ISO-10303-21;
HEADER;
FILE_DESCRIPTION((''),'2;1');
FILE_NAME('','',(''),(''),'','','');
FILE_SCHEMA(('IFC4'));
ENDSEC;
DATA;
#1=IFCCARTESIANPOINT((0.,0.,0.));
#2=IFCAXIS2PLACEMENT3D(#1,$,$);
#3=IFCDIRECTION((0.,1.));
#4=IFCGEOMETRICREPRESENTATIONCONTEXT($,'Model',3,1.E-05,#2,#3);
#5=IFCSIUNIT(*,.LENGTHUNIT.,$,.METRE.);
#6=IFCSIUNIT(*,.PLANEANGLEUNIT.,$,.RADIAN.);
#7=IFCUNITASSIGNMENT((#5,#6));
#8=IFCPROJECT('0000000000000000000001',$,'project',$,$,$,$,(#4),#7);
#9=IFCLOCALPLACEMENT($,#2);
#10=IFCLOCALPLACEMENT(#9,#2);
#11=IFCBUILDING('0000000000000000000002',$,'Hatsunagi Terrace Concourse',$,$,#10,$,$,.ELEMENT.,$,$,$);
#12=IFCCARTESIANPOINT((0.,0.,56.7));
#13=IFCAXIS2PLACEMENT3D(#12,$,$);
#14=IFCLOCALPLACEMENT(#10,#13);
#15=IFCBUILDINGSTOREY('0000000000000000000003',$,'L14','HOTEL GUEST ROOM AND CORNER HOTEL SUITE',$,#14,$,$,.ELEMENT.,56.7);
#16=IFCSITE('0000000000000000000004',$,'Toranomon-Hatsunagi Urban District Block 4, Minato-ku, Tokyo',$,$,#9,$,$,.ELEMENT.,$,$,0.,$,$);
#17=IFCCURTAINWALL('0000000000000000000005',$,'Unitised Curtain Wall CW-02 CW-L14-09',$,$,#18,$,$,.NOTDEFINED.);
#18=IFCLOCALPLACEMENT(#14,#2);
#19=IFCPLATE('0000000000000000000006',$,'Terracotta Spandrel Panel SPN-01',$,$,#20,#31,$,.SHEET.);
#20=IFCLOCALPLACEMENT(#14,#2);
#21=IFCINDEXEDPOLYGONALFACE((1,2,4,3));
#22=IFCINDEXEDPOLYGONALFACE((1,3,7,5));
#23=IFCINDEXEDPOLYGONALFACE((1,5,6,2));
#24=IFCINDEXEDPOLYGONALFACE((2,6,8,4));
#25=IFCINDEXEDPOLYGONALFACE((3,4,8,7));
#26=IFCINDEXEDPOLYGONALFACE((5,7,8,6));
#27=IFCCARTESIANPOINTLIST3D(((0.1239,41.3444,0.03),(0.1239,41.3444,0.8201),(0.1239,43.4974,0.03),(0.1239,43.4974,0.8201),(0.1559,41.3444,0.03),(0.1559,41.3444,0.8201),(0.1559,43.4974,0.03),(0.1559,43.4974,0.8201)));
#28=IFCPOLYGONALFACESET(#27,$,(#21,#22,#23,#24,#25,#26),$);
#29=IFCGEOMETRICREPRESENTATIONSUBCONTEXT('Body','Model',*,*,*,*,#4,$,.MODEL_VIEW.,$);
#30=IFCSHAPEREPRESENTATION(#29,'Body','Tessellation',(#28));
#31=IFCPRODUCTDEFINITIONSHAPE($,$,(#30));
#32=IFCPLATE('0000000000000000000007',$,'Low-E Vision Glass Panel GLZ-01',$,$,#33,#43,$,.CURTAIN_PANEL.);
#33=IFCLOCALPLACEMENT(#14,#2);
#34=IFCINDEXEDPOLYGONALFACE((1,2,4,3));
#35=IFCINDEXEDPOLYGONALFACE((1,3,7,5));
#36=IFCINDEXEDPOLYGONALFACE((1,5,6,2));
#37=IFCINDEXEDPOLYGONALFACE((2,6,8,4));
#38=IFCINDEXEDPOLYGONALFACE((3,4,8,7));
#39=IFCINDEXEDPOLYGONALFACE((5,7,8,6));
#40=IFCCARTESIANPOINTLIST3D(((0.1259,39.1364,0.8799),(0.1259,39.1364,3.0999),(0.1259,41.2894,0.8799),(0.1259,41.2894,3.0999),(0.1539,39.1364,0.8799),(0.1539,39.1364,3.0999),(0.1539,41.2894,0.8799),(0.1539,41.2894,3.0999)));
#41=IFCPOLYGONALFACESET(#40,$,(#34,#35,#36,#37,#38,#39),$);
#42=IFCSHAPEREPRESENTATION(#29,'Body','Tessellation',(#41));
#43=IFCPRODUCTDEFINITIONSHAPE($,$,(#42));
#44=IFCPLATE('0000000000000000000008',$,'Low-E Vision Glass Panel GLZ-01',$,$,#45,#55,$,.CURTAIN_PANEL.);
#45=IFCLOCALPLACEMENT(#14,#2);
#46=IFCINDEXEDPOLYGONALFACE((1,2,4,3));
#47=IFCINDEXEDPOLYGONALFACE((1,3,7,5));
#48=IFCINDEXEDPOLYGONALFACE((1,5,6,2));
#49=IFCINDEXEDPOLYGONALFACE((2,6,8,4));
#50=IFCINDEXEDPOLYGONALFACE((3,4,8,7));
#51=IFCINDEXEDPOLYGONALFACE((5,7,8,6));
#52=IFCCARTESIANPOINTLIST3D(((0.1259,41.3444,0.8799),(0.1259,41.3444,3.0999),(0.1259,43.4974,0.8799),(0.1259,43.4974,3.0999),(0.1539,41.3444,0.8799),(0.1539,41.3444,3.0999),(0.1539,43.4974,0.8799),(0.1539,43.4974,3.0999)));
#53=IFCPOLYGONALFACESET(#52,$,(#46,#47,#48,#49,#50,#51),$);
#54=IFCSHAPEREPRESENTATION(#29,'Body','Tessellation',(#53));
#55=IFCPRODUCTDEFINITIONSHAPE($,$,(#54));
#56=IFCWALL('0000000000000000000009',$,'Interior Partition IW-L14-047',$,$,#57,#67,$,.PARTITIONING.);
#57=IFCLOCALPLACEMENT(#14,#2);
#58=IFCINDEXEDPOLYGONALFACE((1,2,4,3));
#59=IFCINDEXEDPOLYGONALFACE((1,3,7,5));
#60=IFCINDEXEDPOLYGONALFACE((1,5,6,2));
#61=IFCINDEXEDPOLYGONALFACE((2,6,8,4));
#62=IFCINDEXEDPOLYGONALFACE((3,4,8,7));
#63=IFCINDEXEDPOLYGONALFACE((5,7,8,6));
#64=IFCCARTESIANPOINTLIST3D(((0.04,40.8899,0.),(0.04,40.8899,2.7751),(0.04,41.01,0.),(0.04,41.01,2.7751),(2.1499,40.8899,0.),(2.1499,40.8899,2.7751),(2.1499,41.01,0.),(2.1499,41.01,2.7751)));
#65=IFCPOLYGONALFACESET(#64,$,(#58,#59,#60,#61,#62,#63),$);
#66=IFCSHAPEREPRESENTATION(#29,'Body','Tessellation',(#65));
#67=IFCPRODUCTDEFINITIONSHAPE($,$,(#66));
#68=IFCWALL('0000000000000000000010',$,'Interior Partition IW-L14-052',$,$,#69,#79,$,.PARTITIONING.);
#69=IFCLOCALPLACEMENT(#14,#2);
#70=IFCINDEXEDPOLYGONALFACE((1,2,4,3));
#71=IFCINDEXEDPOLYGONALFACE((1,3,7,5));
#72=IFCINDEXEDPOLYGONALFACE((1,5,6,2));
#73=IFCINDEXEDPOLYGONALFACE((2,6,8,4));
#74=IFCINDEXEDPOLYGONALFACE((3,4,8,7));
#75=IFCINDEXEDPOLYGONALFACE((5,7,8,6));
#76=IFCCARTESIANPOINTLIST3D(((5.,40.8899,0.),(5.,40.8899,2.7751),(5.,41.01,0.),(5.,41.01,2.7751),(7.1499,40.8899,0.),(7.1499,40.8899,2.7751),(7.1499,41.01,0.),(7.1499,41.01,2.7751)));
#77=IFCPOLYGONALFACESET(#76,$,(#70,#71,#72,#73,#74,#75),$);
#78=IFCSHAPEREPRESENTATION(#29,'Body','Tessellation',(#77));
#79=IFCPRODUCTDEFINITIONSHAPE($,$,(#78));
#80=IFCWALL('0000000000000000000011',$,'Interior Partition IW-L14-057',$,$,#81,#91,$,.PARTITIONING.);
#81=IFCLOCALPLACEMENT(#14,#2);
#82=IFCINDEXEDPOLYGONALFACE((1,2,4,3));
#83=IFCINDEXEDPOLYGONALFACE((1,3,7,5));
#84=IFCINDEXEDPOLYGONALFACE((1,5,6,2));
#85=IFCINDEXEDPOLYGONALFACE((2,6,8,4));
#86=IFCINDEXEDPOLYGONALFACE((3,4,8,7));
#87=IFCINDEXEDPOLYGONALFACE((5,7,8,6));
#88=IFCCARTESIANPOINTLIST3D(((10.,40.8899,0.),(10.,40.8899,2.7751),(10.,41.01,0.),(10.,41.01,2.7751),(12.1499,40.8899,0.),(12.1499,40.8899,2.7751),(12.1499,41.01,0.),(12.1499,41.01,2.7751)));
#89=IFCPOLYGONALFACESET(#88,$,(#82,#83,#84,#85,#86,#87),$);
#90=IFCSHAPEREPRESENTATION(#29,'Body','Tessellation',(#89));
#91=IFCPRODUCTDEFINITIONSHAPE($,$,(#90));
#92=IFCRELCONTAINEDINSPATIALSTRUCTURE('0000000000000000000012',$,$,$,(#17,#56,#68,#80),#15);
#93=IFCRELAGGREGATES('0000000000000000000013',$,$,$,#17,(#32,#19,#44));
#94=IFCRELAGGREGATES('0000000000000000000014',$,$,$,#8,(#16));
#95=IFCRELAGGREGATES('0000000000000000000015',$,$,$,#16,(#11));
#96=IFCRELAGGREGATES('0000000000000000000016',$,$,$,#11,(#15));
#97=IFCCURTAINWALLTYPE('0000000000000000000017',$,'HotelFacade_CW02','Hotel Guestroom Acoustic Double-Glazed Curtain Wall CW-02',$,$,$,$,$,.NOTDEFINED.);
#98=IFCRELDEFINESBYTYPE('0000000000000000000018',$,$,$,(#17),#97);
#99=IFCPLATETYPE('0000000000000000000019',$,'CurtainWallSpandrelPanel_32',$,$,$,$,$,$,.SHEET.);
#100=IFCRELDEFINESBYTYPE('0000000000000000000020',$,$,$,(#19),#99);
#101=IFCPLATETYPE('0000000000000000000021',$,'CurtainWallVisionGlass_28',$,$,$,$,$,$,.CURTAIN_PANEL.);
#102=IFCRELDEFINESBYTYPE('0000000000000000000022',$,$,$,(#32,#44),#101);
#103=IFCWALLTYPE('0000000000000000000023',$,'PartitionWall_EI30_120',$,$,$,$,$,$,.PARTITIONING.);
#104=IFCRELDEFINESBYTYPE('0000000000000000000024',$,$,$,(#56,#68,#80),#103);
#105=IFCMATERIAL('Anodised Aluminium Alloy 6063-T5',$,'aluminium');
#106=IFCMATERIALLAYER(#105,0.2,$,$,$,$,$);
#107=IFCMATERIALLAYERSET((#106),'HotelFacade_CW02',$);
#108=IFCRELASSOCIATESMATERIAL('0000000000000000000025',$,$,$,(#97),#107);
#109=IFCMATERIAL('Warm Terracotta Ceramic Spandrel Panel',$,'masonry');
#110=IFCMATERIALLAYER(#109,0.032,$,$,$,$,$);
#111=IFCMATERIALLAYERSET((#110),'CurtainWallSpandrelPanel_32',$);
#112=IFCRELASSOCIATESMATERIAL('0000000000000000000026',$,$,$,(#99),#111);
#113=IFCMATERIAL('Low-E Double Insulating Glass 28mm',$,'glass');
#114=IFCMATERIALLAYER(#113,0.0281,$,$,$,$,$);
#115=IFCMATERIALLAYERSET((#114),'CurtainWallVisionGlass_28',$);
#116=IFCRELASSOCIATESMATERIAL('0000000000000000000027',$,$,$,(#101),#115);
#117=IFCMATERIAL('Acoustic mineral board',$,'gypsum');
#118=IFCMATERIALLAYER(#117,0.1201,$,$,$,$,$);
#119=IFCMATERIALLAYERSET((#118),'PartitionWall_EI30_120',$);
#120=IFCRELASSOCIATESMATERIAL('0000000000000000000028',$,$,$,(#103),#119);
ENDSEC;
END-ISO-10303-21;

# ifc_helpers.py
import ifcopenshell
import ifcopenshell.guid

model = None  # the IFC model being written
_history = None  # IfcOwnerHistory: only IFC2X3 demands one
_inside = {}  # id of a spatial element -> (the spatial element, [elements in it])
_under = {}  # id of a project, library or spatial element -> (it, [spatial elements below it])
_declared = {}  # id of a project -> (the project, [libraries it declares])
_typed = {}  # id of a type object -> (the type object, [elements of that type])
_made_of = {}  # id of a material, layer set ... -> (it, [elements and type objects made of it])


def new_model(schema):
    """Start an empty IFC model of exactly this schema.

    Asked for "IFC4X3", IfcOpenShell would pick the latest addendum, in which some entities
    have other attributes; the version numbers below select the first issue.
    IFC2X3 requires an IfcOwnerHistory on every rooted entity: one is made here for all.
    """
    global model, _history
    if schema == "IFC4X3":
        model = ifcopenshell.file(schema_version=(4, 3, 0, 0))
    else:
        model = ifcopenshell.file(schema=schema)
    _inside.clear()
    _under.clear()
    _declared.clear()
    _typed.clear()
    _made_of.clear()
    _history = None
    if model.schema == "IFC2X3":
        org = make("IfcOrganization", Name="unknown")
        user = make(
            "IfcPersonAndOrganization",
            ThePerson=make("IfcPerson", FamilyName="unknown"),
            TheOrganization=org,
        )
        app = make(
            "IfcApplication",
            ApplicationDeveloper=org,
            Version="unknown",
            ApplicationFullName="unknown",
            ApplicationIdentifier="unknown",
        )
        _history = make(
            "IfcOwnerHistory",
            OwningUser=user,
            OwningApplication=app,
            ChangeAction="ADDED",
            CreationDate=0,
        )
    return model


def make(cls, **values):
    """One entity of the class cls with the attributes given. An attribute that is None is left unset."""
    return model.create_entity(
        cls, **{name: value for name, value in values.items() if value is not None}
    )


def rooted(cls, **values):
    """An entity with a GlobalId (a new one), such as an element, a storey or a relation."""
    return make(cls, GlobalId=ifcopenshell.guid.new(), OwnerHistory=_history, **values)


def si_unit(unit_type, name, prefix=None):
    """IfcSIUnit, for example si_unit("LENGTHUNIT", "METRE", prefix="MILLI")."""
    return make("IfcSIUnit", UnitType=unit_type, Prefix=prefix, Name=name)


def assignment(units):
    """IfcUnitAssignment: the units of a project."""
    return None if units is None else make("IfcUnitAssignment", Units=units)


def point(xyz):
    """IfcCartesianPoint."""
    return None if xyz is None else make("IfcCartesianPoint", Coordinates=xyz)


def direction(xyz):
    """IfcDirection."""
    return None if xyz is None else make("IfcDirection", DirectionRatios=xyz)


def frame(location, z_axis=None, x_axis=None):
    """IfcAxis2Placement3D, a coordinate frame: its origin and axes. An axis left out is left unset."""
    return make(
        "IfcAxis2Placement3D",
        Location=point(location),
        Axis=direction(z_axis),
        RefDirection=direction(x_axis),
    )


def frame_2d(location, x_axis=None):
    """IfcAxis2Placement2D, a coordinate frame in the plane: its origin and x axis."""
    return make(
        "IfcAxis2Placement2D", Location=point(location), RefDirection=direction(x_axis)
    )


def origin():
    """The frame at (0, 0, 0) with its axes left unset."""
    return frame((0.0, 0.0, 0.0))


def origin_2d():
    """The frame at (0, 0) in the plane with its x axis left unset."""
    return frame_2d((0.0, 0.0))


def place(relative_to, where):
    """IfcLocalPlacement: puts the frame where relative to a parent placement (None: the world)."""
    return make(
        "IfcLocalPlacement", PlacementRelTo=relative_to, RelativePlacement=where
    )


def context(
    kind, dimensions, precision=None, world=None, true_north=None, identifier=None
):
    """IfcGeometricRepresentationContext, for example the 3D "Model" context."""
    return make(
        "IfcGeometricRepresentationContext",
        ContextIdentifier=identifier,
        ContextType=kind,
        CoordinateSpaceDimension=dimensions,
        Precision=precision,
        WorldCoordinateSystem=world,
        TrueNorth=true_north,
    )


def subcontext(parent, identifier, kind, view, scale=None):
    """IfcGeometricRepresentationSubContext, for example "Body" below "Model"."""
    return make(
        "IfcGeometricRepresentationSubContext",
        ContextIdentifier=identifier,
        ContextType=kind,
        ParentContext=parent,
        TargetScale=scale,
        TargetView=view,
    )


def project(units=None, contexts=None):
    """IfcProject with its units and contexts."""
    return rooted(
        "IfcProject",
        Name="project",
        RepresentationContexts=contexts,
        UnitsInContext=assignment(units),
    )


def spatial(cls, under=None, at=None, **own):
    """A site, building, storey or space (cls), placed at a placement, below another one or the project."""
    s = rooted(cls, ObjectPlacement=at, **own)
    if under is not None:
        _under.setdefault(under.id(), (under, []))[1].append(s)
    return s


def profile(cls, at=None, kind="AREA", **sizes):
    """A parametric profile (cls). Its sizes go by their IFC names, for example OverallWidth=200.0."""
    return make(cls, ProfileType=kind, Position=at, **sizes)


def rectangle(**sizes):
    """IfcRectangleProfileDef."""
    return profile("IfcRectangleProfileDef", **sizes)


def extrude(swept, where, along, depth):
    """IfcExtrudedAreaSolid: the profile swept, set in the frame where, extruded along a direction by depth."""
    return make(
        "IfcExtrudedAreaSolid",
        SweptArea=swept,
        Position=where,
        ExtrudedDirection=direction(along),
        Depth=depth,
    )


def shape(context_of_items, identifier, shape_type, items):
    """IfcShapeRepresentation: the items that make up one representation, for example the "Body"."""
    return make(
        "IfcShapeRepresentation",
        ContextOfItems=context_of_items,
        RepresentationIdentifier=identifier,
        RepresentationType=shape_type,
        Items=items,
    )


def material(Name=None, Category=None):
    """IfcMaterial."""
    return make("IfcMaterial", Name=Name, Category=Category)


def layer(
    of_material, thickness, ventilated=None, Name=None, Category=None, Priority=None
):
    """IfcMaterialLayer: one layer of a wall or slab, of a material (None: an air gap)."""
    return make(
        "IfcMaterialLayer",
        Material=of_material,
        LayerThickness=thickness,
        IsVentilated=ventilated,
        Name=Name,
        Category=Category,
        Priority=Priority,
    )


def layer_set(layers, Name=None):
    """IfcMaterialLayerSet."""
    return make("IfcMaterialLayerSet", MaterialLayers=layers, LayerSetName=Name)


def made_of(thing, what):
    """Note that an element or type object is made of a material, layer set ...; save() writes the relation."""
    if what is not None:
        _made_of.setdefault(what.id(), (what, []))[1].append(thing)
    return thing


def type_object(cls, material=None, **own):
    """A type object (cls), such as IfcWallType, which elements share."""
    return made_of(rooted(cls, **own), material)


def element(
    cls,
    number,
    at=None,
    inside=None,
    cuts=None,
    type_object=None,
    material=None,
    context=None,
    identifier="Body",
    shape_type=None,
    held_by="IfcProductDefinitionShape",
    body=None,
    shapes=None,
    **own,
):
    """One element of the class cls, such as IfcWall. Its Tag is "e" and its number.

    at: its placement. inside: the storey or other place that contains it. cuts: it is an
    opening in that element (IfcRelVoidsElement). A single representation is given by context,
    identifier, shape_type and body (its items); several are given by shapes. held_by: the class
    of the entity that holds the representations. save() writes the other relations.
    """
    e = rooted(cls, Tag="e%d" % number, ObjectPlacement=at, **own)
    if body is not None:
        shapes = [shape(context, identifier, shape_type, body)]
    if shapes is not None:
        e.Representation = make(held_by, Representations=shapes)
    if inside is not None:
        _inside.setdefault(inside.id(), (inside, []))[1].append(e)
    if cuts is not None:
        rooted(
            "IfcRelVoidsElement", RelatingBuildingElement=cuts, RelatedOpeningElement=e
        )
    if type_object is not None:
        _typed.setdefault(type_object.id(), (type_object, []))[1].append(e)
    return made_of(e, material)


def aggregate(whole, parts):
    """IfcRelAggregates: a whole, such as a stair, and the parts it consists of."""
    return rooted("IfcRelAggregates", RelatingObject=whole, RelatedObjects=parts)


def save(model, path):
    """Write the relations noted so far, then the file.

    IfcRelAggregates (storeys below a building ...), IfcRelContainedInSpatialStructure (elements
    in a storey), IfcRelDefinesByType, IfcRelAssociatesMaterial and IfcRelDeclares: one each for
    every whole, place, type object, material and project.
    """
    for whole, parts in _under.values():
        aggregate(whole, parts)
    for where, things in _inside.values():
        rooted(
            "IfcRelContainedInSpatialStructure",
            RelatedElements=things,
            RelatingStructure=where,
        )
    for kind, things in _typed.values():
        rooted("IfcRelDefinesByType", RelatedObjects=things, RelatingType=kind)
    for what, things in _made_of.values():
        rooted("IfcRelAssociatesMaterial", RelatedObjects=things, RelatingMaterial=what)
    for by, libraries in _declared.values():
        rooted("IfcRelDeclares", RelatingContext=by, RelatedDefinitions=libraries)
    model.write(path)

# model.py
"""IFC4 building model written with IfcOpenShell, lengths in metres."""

from ifc_helpers import new_model, si_unit, direction, frame, frame_2d, origin, origin_2d, place, context, subcontext, project, spatial, rectangle, extrude, material, layer, layer_set, type_object, element, aggregate, save


model = new_model("IFC4")

# Units and contexts
model_context = context("Model", 3, precision=1e-05, world=origin(), true_north=direction((0.0, 1.0)))
body_context = subcontext(model_context, "Body", "Model", "MODEL_VIEW")
ifc_project = project(units=[si_unit("LENGTHUNIT", "METRE"), si_unit("PLANEANGLEUNIT", "RADIAN")], contexts=[model_context])

# Site, building, storey
site_placement = place(None, origin())
site = spatial("IfcSite", under=ifc_project, at=site_placement, Name="Toranomon-Hatsunagi Urban District Block 4, Minato-ku, Tokyo", CompositionType="ELEMENT", RefElevation=0.0)
building_placement = place(site_placement, origin())
building = spatial("IfcBuilding", under=site, at=building_placement, Name="Hatsunagi Terrace Concourse", CompositionType="ELEMENT")
storey_placement = place(building_placement, frame((0.0, 0.0, 56.7)))
storey = spatial("IfcBuildingStorey", under=building, at=storey_placement, Name="L14", Description="HOTEL GUEST ROOM AND CORNER HOTEL SUITE", CompositionType="ELEMENT", Elevation=56.7)

# Curtain wall
ifc_material_1 = material(Name="Anodised Aluminium Alloy 6063-T5", Category="aluminium")
ifc_layer_1 = layer(ifc_material_1, 0.2)
ifc_layer_set_1 = layer_set([ifc_layer_1], Name="HotelFacade_CW02")
curtain_wall_type = type_object("IfcCurtainWallType", Name="HotelFacade_CW02", Description="Hotel Guestroom Acoustic Double-Glazed Curtain Wall CW-02", PredefinedType="NOTDEFINED", material=ifc_layer_set_1)
curtain_wall_placement = place(storey_placement, origin())
curtain_wall = element("IfcCurtainWall", 1, at=curtain_wall_placement, inside=storey, type_object=curtain_wall_type, Name="Unitised Curtain Wall CW-02 CW-L14-09", PredefinedType="NOTDEFINED")

# Plates
ifc_material_2 = material(Name="Warm Terracotta Ceramic Spandrel Panel", Category="masonry")
ifc_layer_2 = layer(ifc_material_2, 0.032)
ifc_layer_set_2 = layer_set([ifc_layer_2], Name="CurtainWallSpandrelPanel_32")
plate_type_1 = type_object("IfcPlateType", Name="CurtainWallSpandrelPanel_32", PredefinedType="SHEET", material=ifc_layer_set_2)
plate_1_placement = place(storey_placement, frame((0.1399, 42.4209, 0.03), z_axis=(0.0, 0.0, 1.0), x_axis=(0.0, 1.0, 0.0)))
plate_1 = element("IfcPlate", 2, at=plate_1_placement, type_object=plate_type_1, Name="Terracotta Spandrel Panel SPN-01", PredefinedType="SHEET", context=body_context, shape_type="SweptSolid", body=[
    extrude(rectangle(XDim=2.1531, YDim=0.032, at=origin_2d()), origin(), (0.0, 0.0, 1.0), 0.79),
])
ifc_material_3 = material(Name="Low-E Double Insulating Glass 28mm", Category="glass")
ifc_layer_3 = layer(ifc_material_3, 0.0281)
ifc_layer_set_3 = layer_set([ifc_layer_3], Name="CurtainWallVisionGlass_28")
plate_type_2 = type_object("IfcPlateType", Name="CurtainWallVisionGlass_28", PredefinedType="CURTAIN_PANEL", material=ifc_layer_set_3)
plate_2_placement = place(storey_placement, frame((0.1399, 40.2129, 0.8799), z_axis=(0.0, 0.0, 1.0), x_axis=(0.0, 1.0, 0.0)))
plate_2 = element("IfcPlate", 3, at=plate_2_placement, type_object=plate_type_2, Name="Low-E Vision Glass Panel GLZ-01", PredefinedType="CURTAIN_PANEL", context=body_context, shape_type="SweptSolid", body=[
    extrude(rectangle(XDim=2.1531, YDim=0.0281, at=origin_2d()), origin(), (0.0, 0.0, 1.0), 2.22),
])
plate_3_placement = place(storey_placement, frame((0.1399, 42.4209, 0.8799), z_axis=(0.0, 0.0, 1.0), x_axis=(0.0, 1.0, 0.0)))
plate_3 = element("IfcPlate", 4, at=plate_3_placement, type_object=plate_type_2, Name="Low-E Vision Glass Panel GLZ-01", PredefinedType="CURTAIN_PANEL", context=body_context, shape_type="SweptSolid", body=[
    extrude(rectangle(XDim=2.1531, YDim=0.0281, at=origin_2d()), origin(), (0.0, 0.0, 1.0), 2.22),
])
aggregate(curtain_wall, [plate_2, plate_1, plate_3])

# Walls
ifc_material_4 = material(Name="Acoustic mineral board", Category="gypsum")
ifc_layer_4 = layer(ifc_material_4, 0.1201)
ifc_layer_set_4 = layer_set([ifc_layer_4], Name="PartitionWall_EI30_120")
wall_type = type_object("IfcWallType", Name="PartitionWall_EI30_120", PredefinedType="PARTITIONING", material=ifc_layer_set_4)
wall_placement = place(storey_placement, frame((0.04, 40.95, 0.0), z_axis=(0.0, 0.0, 1.0), x_axis=(1.0, 0.0, 0.0)))
element("IfcWall", 5, at=wall_placement, inside=storey, type_object=wall_type, Name="Interior Partition IW-L14-047", PredefinedType="PARTITIONING", context=body_context, shape_type="SweptSolid", body=[
    extrude(rectangle(XDim=2.1099, YDim=0.1201, at=frame_2d((1.0549, 0.0))), origin(), (0.0, 0.0, 1.0), 2.7751),
])
for number, where, z_axis, x_axis, name in (
    (6, (5.0, 40.95, 0.0), (0.0, 0.0, 1.0), (1.0, 0.0, 0.0), "Interior Partition IW-L14-052"),
    (7, (10.0, 40.95, 0.0), (0.0, 0.0, 1.0), (1.0, 0.0, 0.0), "Interior Partition IW-L14-057"),
):
    element("IfcWall", number, at=place(storey_placement, frame(where, z_axis=z_axis, x_axis=x_axis)), inside=storey, type_object=wall_type, Name=name, PredefinedType="PARTITIONING", context=body_context, shape_type="SweptSolid", body=[
        extrude(rectangle(XDim=2.1499, YDim=0.1201, at=frame_2d((1.075, 0.0))), origin(), (0.0, 0.0, 1.0), 2.7751),
    ])

save(model, "model.ifc")
